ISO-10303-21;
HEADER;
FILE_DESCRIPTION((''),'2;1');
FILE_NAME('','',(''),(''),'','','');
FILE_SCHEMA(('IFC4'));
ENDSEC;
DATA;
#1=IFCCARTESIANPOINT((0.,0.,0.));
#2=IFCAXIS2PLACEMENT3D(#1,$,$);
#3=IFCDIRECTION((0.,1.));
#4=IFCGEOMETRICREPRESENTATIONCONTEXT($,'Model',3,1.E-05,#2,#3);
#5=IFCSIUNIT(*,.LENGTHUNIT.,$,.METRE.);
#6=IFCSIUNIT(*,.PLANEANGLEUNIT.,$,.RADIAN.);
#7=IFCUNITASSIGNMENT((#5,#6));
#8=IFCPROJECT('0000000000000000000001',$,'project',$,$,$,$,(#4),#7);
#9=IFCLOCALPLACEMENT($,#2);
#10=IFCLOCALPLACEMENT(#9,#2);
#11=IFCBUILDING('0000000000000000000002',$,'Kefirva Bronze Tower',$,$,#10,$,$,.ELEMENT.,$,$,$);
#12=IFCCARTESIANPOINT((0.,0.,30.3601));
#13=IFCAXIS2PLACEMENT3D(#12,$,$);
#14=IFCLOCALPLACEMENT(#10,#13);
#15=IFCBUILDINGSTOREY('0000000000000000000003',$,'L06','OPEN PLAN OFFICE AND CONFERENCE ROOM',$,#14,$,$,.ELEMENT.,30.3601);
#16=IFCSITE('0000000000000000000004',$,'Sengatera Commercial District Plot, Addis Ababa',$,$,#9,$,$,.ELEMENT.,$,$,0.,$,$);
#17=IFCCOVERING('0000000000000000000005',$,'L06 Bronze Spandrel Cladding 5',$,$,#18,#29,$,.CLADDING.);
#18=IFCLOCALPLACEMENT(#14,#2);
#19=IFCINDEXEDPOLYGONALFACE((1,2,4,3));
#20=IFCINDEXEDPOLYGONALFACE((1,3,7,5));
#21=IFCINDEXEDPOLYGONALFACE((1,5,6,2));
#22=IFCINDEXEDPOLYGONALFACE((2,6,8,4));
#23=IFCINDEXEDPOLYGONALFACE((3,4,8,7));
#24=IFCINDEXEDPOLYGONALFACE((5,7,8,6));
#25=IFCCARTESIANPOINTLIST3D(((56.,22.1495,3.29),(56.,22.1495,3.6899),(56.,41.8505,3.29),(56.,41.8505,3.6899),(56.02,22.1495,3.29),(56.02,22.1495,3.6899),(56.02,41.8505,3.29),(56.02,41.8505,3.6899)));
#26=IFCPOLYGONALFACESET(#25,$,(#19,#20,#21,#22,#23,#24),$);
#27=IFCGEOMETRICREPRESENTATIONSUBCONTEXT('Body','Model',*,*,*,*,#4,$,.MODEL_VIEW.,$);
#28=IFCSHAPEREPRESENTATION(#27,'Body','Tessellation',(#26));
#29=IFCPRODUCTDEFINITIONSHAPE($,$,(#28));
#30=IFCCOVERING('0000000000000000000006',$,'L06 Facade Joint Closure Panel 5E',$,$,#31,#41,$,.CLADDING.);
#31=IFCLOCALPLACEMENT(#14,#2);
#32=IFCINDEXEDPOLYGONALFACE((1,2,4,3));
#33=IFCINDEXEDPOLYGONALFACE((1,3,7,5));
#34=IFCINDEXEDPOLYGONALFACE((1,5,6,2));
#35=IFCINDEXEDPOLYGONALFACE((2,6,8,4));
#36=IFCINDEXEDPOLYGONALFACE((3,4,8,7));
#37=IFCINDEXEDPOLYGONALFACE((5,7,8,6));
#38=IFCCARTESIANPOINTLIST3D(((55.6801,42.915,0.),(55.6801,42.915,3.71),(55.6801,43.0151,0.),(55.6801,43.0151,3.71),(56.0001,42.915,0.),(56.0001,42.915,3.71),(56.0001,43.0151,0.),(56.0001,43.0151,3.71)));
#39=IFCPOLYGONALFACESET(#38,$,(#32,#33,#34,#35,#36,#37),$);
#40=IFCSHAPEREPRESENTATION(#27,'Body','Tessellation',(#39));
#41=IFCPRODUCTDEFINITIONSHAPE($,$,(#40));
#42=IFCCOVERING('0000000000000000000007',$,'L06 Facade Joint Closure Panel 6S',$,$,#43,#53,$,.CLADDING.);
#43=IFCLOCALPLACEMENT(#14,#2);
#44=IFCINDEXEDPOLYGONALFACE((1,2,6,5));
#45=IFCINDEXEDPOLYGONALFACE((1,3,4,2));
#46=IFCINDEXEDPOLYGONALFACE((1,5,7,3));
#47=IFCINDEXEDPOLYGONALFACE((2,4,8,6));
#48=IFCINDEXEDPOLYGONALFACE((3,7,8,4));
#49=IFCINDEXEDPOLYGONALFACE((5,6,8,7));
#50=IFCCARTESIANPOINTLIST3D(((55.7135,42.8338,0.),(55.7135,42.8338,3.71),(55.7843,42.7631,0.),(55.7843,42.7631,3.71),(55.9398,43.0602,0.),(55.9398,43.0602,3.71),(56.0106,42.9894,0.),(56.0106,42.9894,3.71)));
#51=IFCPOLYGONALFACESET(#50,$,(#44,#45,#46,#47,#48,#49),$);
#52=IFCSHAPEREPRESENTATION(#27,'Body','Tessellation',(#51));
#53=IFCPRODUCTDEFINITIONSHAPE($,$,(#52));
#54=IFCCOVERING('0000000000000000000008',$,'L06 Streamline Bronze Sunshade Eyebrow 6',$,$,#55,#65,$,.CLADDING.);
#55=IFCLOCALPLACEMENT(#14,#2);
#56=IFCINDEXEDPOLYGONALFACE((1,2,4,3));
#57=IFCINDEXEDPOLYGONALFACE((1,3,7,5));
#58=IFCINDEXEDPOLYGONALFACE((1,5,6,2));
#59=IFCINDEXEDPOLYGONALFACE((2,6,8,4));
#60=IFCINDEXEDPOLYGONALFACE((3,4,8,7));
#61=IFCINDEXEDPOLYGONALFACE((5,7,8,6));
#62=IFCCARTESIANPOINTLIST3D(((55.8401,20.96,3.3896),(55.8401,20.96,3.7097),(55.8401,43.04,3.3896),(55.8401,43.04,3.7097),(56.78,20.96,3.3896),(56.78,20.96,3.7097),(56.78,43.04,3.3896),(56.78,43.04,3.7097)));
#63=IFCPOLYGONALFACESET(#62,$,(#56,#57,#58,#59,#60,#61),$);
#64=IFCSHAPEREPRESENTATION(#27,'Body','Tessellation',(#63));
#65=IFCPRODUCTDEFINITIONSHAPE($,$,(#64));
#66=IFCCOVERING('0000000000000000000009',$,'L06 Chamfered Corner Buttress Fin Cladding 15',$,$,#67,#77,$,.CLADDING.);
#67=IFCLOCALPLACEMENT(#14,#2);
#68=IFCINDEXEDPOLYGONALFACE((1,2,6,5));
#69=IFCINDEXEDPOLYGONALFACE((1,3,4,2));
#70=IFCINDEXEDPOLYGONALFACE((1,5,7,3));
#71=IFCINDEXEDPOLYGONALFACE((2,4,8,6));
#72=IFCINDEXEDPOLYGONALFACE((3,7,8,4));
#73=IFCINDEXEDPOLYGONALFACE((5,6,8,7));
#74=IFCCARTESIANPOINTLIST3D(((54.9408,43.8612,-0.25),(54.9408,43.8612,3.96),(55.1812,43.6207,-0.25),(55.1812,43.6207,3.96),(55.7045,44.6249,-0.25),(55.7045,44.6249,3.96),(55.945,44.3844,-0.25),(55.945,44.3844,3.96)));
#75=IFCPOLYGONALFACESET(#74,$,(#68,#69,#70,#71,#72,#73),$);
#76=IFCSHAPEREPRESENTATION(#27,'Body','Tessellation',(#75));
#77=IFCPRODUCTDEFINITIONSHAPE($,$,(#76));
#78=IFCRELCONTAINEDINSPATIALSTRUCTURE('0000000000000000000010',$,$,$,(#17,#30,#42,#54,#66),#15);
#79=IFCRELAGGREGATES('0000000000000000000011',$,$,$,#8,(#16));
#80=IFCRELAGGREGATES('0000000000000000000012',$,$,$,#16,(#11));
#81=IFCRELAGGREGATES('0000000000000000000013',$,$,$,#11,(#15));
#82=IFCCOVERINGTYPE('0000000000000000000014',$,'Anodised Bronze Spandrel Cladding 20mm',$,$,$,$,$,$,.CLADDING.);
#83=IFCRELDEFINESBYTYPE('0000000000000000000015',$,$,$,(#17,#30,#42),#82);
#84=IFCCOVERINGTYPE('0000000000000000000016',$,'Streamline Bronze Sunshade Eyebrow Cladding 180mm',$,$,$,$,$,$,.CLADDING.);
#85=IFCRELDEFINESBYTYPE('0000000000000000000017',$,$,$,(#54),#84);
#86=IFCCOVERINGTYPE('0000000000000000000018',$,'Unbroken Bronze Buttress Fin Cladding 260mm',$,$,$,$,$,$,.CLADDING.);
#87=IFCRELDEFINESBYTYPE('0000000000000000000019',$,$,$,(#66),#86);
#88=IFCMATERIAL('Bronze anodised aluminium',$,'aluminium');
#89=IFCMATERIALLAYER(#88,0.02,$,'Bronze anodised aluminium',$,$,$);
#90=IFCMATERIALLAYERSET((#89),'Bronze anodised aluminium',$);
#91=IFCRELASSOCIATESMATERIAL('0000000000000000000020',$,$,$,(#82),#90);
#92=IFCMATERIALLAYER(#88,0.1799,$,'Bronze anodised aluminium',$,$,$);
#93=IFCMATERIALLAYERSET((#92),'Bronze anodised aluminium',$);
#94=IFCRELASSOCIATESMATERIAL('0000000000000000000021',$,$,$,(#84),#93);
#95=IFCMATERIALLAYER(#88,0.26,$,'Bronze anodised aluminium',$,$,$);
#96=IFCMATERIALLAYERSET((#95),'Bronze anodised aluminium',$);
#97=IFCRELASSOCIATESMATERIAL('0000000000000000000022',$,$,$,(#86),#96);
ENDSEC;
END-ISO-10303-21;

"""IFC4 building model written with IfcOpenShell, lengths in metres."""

from ifc_helpers import new_model, si_unit, direction, frame, origin, origin_2d, place, context, subcontext, project, spatial, rectangle, extrude, material, layer, layer_set, type_object, element, save


model = new_model("IFC4")

# Units and contexts
model_context = context("Model", 3, precision=1e-05, world=origin(), true_north=direction((0.0, 1.0)))
body_context = subcontext(model_context, "Body", "Model", "MODEL_VIEW")
ifc_project = project(units=[si_unit("LENGTHUNIT", "METRE"), si_unit("PLANEANGLEUNIT", "RADIAN")], contexts=[model_context])

# Site, building, storey
site_placement = place(None, origin())
site = spatial("IfcSite", under=ifc_project, at=site_placement, Name="Sengatera Commercial District Plot, Addis Ababa", CompositionType="ELEMENT", RefElevation=0.0)
building_placement = place(site_placement, origin())
building = spatial("IfcBuilding", under=site, at=building_placement, Name="Kefirva Bronze Tower", CompositionType="ELEMENT")
storey_placement = place(building_placement, frame((0.0, 0.0, 30.3601)))
storey = spatial("IfcBuildingStorey", under=building, at=storey_placement, Name="L06", Description="OPEN PLAN OFFICE AND CONFERENCE ROOM", CompositionType="ELEMENT", Elevation=30.3601)

# Coverings
ifc_material_1 = material(Name="Bronze anodised aluminium", Category="aluminium")
ifc_layer_1 = layer(ifc_material_1, 0.02, Name="Bronze anodised aluminium")
ifc_layer_set_1 = layer_set([ifc_layer_1], Name="Bronze anodised aluminium")
covering_type_1 = type_object("IfcCoveringType", Name="Anodised Bronze Spandrel Cladding 20mm", PredefinedType="CLADDING", material=ifc_layer_set_1)
covering_1_placement = place(storey_placement, frame((56.01, 32.0, 3.29), z_axis=(0.0, 0.0, 1.0), x_axis=(0.0, 1.0, 0.0)))
element("IfcCovering", 1, at=covering_1_placement, inside=storey, type_object=covering_type_1, Name="L06 Bronze Spandrel Cladding 5", PredefinedType="CLADDING", context=body_context, shape_type="SweptSolid", body=[
    extrude(rectangle(XDim=19.7009, YDim=0.02, at=origin_2d()), origin(), (0.0, 0.0, 1.0), 0.3999),
])
for number, where, z_axis, x_axis, name in (
    (2, (55.8401, 42.9651, 0.0), (0.0, 0.0, 1.0), (0.0, 1.0, 0.0), "L06 Facade Joint Closure Panel 5E"),
    (3, (55.8621, 42.9116, 0.0), (0.0, 0.0, 1.0), (-0.707107, 0.707107, 0.0), "L06 Facade Joint Closure Panel 6S"),
):
    element("IfcCovering", number, at=place(storey_placement, frame(where, z_axis=z_axis, x_axis=x_axis)), inside=storey, type_object=covering_type_1, Name=name, PredefinedType="CLADDING", context=body_context, shape_type="SweptSolid", body=[
        extrude(rectangle(XDim=0.1001, YDim=0.3201, at=origin_2d()), origin(), (0.0, 0.0, 1.0), 3.71),
    ])
ifc_layer_2 = layer(ifc_material_1, 0.1799, Name="Bronze anodised aluminium")
ifc_layer_set_2 = layer_set([ifc_layer_2], Name="Bronze anodised aluminium")
covering_type_2 = type_object("IfcCoveringType", Name="Streamline Bronze Sunshade Eyebrow Cladding 180mm", PredefinedType="CLADDING", material=ifc_layer_set_2)
covering_2_placement = place(storey_placement, frame((56.3101, 32.0, 3.3896), z_axis=(0.0, 0.0, 1.0), x_axis=(0.0, 1.0, 0.0)))
element("IfcCovering", 4, at=covering_2_placement, inside=storey, type_object=covering_type_2, Name="L06 Streamline Bronze Sunshade Eyebrow 6", PredefinedType="CLADDING", context=body_context, shape_type="SweptSolid", body=[
    extrude(rectangle(XDim=22.0801, YDim=0.9399, at=origin_2d()), origin(), (0.0, 0.0, 1.0), 0.3201),
])
ifc_layer_3 = layer(ifc_material_1, 0.26, Name="Bronze anodised aluminium")
ifc_layer_set_3 = layer_set([ifc_layer_3], Name="Bronze anodised aluminium")
covering_type_3 = type_object("IfcCoveringType", Name="Unbroken Bronze Buttress Fin Cladding 260mm", PredefinedType="CLADDING", material=ifc_layer_set_3)
covering_3_placement = place(storey_placement, frame((55.4429, 44.1228, -0.25), z_axis=(0.0, 0.0, 1.0), x_axis=(-0.707107, 0.707107, 0.0)))
element("IfcCovering", 5, at=covering_3_placement, inside=storey, type_object=covering_type_3, Name="L06 Chamfered Corner Buttress Fin Cladding 15", PredefinedType="CLADDING", context=body_context, shape_type="SweptSolid", body=[
    extrude(rectangle(XDim=0.3401, YDim=1.0801, at=origin_2d()), origin(), (0.0, 0.0, 1.0), 4.21),
])

save(model, "model.ifc")
